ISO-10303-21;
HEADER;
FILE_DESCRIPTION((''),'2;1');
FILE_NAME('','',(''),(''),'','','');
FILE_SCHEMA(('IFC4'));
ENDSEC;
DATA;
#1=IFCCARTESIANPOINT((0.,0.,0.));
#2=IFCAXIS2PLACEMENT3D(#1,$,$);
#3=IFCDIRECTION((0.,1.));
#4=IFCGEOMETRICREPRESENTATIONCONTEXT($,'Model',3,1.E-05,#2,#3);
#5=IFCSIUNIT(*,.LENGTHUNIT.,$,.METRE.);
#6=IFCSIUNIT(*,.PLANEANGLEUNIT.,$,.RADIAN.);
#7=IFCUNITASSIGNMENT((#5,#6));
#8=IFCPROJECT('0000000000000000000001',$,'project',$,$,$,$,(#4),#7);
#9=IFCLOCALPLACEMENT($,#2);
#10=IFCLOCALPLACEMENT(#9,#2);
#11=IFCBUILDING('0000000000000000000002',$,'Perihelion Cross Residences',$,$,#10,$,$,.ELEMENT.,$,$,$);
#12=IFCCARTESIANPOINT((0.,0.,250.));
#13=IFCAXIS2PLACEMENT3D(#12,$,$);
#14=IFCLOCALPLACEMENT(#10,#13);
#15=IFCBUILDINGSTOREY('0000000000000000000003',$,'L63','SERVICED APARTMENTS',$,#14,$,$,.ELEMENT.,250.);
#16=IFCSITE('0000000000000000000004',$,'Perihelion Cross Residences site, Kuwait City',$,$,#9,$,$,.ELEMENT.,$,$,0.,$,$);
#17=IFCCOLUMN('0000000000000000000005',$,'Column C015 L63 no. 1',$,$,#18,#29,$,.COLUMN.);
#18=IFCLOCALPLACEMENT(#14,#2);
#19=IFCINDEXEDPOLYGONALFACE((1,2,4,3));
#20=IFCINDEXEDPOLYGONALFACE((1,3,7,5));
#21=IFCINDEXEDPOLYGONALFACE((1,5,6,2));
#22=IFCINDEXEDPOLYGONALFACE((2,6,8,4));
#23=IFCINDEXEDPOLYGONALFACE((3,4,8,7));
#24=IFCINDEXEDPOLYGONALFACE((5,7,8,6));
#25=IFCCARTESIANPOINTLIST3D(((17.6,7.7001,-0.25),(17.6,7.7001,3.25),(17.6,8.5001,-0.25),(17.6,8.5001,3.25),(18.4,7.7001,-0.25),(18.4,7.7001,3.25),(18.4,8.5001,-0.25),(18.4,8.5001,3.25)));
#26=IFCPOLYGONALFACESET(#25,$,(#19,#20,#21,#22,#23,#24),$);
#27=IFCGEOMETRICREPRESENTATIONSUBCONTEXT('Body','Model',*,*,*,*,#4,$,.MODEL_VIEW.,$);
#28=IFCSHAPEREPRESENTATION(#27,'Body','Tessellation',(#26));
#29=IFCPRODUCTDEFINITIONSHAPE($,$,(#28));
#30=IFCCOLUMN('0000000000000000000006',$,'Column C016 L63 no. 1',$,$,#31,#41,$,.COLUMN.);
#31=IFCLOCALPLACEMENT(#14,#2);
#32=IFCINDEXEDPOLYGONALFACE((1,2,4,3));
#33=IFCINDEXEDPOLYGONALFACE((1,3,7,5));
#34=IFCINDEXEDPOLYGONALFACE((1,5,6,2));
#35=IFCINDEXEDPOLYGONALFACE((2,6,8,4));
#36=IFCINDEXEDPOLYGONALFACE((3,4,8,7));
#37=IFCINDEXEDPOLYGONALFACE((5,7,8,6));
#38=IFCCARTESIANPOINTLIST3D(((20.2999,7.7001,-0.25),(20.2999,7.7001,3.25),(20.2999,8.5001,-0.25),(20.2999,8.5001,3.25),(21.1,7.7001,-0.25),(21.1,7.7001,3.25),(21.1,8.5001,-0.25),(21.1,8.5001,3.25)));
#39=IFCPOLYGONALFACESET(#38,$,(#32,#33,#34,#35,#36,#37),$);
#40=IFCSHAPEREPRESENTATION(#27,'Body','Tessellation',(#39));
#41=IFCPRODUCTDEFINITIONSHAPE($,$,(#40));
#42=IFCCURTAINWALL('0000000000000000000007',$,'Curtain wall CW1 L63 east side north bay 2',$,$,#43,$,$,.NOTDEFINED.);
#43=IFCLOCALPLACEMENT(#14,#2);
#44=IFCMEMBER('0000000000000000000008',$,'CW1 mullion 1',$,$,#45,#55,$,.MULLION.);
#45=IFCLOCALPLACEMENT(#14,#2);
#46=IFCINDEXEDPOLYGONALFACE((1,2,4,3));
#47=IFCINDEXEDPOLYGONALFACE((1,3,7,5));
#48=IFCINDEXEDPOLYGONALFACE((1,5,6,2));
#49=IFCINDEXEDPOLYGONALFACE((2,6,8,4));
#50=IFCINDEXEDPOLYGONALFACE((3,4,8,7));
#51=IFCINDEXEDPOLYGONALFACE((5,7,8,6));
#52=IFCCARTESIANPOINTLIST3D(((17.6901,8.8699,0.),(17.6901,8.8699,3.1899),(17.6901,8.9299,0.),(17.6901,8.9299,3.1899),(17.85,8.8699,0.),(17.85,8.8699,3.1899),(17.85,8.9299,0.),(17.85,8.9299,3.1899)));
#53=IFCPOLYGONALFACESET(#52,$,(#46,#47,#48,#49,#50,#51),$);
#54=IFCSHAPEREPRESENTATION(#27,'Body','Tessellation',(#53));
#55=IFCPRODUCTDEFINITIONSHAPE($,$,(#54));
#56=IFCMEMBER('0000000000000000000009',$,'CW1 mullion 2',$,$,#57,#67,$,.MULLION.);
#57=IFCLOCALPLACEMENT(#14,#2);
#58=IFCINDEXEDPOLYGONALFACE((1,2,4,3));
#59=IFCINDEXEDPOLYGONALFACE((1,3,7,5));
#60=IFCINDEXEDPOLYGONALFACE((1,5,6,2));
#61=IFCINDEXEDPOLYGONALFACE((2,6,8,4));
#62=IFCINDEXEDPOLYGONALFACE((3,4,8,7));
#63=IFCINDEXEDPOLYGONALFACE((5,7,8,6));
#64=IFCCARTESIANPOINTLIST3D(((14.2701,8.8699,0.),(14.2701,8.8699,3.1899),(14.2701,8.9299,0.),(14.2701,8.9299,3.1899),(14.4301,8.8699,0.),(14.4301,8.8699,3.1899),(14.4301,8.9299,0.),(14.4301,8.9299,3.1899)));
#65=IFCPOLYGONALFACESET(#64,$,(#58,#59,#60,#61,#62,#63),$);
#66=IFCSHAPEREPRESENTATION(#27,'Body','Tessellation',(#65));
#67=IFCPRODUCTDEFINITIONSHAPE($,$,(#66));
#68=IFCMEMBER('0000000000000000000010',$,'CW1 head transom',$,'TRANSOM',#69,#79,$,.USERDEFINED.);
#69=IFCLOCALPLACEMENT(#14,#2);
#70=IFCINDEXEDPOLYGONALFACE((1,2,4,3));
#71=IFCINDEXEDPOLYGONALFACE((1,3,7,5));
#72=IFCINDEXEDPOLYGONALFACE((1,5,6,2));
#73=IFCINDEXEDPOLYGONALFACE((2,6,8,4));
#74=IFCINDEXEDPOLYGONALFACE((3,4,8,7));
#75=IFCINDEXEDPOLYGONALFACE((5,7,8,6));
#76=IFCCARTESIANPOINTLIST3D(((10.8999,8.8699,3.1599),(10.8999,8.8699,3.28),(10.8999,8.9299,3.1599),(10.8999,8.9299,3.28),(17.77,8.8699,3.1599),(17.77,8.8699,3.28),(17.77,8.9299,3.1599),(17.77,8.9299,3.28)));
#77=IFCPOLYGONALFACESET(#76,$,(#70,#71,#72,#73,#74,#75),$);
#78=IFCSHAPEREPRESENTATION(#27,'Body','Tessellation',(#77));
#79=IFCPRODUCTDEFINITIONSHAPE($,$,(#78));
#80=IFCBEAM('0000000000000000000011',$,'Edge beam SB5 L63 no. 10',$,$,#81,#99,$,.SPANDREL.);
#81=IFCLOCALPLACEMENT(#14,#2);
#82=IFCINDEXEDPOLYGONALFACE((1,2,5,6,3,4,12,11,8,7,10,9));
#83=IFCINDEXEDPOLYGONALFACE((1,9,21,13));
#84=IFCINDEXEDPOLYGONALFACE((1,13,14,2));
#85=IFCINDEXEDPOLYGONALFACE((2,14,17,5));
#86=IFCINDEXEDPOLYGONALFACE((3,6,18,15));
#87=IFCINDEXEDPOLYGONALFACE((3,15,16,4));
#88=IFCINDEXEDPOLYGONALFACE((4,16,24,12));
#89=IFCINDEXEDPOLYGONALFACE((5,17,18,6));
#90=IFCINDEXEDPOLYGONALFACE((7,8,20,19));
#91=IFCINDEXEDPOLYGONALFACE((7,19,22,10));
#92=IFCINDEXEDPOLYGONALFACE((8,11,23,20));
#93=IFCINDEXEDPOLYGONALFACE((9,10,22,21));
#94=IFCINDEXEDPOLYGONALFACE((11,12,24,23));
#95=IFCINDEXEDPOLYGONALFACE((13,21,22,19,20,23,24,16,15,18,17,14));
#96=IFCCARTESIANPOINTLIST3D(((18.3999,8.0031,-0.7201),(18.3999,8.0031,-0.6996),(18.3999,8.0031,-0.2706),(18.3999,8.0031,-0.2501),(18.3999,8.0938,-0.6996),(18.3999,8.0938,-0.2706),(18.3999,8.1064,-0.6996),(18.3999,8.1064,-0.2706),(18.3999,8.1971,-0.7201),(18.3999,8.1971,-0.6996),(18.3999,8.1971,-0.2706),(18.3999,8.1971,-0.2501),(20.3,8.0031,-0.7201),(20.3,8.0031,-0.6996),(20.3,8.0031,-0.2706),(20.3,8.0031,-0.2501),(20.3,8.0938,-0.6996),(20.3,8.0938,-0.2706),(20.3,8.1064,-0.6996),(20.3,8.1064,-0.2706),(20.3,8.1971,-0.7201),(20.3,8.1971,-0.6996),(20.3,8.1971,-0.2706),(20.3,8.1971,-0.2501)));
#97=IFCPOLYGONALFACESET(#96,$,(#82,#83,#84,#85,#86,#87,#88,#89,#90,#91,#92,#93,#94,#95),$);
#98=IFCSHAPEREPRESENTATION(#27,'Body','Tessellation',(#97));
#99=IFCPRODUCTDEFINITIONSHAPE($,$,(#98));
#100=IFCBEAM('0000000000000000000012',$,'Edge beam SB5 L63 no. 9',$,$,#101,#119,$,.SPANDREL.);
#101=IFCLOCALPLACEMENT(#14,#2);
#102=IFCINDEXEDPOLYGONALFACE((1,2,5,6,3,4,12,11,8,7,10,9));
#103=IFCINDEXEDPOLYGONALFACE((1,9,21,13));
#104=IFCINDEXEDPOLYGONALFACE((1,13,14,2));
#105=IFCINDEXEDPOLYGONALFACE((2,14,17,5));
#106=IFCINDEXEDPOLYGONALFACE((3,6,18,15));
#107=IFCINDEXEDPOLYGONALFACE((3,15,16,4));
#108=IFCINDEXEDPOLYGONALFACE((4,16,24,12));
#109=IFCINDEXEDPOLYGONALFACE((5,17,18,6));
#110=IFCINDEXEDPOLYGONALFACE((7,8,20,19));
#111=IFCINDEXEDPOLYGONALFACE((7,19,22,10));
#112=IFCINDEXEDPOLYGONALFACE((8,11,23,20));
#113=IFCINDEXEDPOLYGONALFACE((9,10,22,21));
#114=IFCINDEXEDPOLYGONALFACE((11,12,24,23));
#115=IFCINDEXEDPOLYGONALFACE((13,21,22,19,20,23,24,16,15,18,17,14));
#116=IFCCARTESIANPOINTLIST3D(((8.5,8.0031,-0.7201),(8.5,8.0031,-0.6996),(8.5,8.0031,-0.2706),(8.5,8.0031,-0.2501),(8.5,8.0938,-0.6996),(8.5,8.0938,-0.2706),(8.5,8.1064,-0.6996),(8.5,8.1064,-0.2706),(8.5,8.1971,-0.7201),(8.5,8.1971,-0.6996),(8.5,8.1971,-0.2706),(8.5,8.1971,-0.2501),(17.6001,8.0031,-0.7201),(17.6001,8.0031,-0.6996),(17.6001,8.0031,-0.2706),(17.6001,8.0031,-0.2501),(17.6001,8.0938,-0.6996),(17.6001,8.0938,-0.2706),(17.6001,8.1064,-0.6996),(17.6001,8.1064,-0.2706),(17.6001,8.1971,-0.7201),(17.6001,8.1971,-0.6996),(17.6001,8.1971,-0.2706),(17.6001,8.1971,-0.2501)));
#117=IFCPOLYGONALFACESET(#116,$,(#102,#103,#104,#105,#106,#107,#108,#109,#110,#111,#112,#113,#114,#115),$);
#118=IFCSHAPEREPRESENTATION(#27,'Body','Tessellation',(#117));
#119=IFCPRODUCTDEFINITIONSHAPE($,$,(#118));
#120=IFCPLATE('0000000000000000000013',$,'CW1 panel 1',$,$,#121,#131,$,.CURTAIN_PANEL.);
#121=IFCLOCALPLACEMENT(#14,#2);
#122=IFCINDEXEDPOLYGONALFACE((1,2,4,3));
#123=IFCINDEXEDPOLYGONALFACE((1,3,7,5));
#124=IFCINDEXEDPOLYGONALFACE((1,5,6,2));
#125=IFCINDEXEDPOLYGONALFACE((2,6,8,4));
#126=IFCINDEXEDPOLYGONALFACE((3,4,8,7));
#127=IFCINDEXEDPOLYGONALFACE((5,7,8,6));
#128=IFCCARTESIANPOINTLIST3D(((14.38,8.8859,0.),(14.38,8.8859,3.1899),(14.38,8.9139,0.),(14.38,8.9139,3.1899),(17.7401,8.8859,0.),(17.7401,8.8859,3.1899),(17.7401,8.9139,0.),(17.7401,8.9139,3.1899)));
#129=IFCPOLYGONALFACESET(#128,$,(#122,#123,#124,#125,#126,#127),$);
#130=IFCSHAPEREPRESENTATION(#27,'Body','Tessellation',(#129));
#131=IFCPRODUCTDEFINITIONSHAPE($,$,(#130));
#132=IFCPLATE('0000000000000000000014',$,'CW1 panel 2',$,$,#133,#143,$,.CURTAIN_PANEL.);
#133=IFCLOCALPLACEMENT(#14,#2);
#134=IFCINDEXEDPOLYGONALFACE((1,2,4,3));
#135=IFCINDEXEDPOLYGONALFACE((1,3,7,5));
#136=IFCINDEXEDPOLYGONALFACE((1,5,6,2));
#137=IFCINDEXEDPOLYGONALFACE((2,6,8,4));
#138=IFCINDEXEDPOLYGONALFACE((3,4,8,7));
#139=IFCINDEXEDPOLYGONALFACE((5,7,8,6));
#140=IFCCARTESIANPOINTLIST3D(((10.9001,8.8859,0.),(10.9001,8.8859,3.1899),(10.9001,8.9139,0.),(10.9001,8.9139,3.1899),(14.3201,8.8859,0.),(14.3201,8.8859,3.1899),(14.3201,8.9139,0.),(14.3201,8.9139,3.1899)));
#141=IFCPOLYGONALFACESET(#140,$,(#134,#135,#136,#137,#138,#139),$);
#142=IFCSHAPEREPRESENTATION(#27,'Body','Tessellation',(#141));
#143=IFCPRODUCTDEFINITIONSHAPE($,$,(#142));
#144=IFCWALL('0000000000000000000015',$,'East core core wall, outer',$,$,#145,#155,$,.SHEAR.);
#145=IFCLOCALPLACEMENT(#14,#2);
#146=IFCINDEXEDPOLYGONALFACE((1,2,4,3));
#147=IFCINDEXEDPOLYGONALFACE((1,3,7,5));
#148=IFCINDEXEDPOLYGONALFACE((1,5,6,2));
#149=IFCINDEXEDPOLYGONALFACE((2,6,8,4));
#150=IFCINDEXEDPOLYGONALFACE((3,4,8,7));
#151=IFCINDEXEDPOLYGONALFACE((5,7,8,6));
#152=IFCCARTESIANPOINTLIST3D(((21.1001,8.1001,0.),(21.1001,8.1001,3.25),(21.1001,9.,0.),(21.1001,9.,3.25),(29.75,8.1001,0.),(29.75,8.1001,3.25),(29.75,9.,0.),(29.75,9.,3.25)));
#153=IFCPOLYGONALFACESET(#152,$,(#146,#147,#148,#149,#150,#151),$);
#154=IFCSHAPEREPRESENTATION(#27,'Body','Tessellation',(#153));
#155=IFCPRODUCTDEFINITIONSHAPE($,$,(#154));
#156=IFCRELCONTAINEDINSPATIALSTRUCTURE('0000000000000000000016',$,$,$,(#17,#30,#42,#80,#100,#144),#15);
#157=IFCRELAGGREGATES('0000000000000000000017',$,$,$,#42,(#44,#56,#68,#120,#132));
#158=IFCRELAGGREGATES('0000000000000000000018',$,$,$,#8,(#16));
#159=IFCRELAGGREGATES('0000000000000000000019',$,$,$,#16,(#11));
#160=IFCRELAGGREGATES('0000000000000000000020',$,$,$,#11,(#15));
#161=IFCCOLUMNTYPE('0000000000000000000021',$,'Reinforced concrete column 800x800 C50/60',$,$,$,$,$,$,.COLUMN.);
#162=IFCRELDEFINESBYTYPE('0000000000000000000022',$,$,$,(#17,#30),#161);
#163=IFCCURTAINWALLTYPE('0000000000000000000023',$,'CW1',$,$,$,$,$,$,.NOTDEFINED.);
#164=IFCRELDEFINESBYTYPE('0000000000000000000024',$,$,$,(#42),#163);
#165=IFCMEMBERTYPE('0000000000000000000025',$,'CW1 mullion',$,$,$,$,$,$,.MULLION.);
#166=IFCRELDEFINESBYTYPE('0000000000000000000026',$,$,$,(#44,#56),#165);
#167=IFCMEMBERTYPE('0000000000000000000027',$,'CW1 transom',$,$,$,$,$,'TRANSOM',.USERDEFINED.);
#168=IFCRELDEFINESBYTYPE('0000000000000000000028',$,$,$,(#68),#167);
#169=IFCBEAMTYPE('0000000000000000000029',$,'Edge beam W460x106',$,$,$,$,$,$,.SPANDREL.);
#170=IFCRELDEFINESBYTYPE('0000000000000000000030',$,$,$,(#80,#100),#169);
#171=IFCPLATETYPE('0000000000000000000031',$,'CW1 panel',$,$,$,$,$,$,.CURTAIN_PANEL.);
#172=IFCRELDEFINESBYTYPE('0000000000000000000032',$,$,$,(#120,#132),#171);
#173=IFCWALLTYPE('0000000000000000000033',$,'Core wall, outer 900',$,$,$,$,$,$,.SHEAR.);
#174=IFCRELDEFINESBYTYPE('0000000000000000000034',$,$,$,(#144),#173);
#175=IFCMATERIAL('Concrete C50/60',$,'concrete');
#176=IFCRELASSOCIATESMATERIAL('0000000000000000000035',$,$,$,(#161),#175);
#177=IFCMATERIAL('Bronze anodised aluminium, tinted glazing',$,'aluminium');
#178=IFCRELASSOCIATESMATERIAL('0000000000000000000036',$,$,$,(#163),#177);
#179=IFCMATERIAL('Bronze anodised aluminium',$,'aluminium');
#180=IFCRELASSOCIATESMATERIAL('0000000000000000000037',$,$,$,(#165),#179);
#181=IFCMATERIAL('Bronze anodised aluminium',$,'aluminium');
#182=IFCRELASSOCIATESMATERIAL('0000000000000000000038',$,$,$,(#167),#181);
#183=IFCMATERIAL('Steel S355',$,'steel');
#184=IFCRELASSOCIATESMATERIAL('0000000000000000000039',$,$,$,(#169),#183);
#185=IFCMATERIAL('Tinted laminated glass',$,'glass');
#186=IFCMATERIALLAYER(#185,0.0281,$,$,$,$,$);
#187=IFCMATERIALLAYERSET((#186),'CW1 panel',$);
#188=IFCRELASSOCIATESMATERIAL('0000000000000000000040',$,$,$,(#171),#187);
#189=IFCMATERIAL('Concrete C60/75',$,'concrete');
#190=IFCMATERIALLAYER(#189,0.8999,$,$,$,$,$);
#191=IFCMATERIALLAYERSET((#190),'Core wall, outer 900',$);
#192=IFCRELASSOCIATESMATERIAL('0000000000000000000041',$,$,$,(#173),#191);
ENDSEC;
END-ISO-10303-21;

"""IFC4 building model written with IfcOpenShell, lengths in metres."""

from ifc_helpers import new_model, si_unit, direction, frame, frame_2d, origin, origin_2d, place, context, subcontext, project, spatial, rectangle, i_section, extrude, material, layer, layer_set, material_profile, profile_set, type_object, element, aggregate, save


model = new_model("IFC4")

# Units and contexts
model_context = context("Model", 3, precision=1e-05, world=origin(), true_north=direction((0.0, 1.0)))
body_context = subcontext(model_context, "Body", "Model", "MODEL_VIEW")
ifc_project = project(units=[si_unit("LENGTHUNIT", "METRE"), si_unit("PLANEANGLEUNIT", "RADIAN")], contexts=[model_context])

# Site, building, storey
site_placement = place(None, origin())
site = spatial("IfcSite", under=ifc_project, at=site_placement, Name="Perihelion Cross Residences site, Kuwait City", CompositionType="ELEMENT", RefElevation=0.0)
building_placement = place(site_placement, origin())
building = spatial("IfcBuilding", under=site, at=building_placement, Name="Perihelion Cross Residences", CompositionType="ELEMENT")
storey_placement = place(building_placement, frame((0.0, 0.0, 250.0)))
storey = spatial("IfcBuildingStorey", under=building, at=storey_placement, Name="L63", Description="SERVICED APARTMENTS", CompositionType="ELEMENT", Elevation=250.0)

# Columns
ifc_material_1 = material(Name="Concrete C50/60", Category="concrete")
ifc_material_profile_1 = material_profile(ifc_material_1, rectangle(XDim=0.8, YDim=0.8, at=origin_2d()), Name="RC 800x800")
ifc_profile_set_1 = profile_set([ifc_material_profile_1], Name="Concrete C50/60")
column_type = type_object("IfcColumnType", Name="Reinforced concrete column 800x800 C50/60", PredefinedType="COLUMN", material=ifc_profile_set_1)
for number, where, z_axis, x_axis, name in (
    (1, (18.0, 8.1001, -0.25), (0.0, 0.0, 1.0), (1.0, 0.0, 0.0), "Column C015 L63 no. 1"),
    (2, (20.7, 8.1001, -0.25), (0.0, 0.0, 1.0), (1.0, 0.0, 0.0), "Column C016 L63 no. 1"),
):
    element("IfcColumn", number, at=place(storey_placement, frame(where, z_axis=z_axis, x_axis=x_axis)), inside=storey, type_object=column_type, Name=name, PredefinedType="COLUMN", context=body_context, shape_type="SweptSolid", body=[
        extrude(rectangle(XDim=0.8, YDim=0.8, at=origin_2d()), origin(), (0.0, 0.0, 1.0), 3.5),
    ])

# Curtain wall, members
ifc_material_2 = material(Name="Bronze anodised aluminium, tinted glazing", Category="aluminium")
curtain_wall_type = type_object("IfcCurtainWallType", Name="CW1", PredefinedType="NOTDEFINED", material=ifc_material_2)
curtain_wall_placement = place(storey_placement, origin())
curtain_wall = element("IfcCurtainWall", 3, at=curtain_wall_placement, inside=storey, type_object=curtain_wall_type, Name="Curtain wall CW1 L63 east side north bay 2", PredefinedType="NOTDEFINED")
ifc_material_3 = material(Name="Bronze anodised aluminium", Category="aluminium")
ifc_material_profile_2 = material_profile(ifc_material_3, rectangle(XDim=0.0601, YDim=0.1599, at=origin_2d()), Name="CW1 mullion")
ifc_profile_set_2 = profile_set([ifc_material_profile_2], Name="Bronze anodised aluminium")
member_type_1 = type_object("IfcMemberType", Name="CW1 mullion", PredefinedType="MULLION", material=ifc_profile_set_2)
member_1_placement = place(storey_placement, frame((17.77, 8.8999, 0.0), z_axis=(0.0, 0.0, 1.0), x_axis=(0.0, -1.0, 0.0)))
member_1 = element("IfcMember", 4, at=member_1_placement, type_object=member_type_1, Name="CW1 mullion 1", PredefinedType="MULLION", context=body_context, shape_type="SweptSolid", body=[
    extrude(rectangle(XDim=0.0601, YDim=0.1599, at=origin_2d()), origin(), (0.0, 0.0, 1.0), 3.1899),
])
member_2_placement = place(storey_placement, frame((14.3501, 8.8999, 0.0), z_axis=(0.0, 0.0, 1.0), x_axis=(0.0, -1.0, 0.0)))
member_2 = element("IfcMember", 5, at=member_2_placement, type_object=member_type_1, Name="CW1 mullion 2", PredefinedType="MULLION", context=body_context, shape_type="SweptSolid", body=[
    extrude(rectangle(XDim=0.0601, YDim=0.1599, at=origin_2d()), origin(), (0.0, 0.0, 1.0), 3.1899),
])
ifc_material_4 = material(Name="Bronze anodised aluminium", Category="aluminium")
ifc_material_profile_3 = material_profile(ifc_material_4, rectangle(XDim=0.0601, YDim=0.1201, at=origin_2d()), Name="CW1 transom")
ifc_profile_set_3 = profile_set([ifc_material_profile_3], Name="Bronze anodised aluminium")
member_type_2 = type_object("IfcMemberType", Name="CW1 transom", ElementType="TRANSOM", PredefinedType="USERDEFINED", material=ifc_profile_set_3)
member_3_placement = place(storey_placement, frame((17.77, 8.8999, 3.22), z_axis=(-1.0, 0.0, 0.0), x_axis=(0.0, -1.0, 0.0)))
member_3 = element("IfcMember", 6, at=member_3_placement, type_object=member_type_2, Name="CW1 head transom", ObjectType="TRANSOM", PredefinedType="USERDEFINED", context=body_context, shape_type="SweptSolid", body=[
    extrude(rectangle(XDim=0.0601, YDim=0.1201, at=origin_2d()), origin(), (0.0, 0.0, 1.0), 6.8701),
])

# Beams
ifc_material_5 = material(Name="Steel S355", Category="steel")
ifc_material_profile_4 = material_profile(ifc_material_5, i_section(OverallWidth=0.1941, OverallDepth=0.47, WebThickness=0.0127, FlangeThickness=0.0205, at=origin_2d()), Name="W460x106")
ifc_profile_set_4 = profile_set([ifc_material_profile_4], Name="Steel S355")
beam_type = type_object("IfcBeamType", Name="Edge beam W460x106", PredefinedType="SPANDREL", material=ifc_profile_set_4)
beam_1_placement = place(storey_placement, frame((20.3, 8.1001, -0.4851), z_axis=(-1.0, 0.0, 0.0), x_axis=(0.0, -1.0, 0.0)))
element("IfcBeam", 7, at=beam_1_placement, inside=storey, type_object=beam_type, Name="Edge beam SB5 L63 no. 10", PredefinedType="SPANDREL", context=body_context, shape_type="SweptSolid", body=[
    extrude(i_section(OverallWidth=0.1941, OverallDepth=0.47, WebThickness=0.0127, FlangeThickness=0.0205, at=origin_2d()), origin(), (0.0, 0.0, 1.0), 1.9001),
])
beam_2_placement = place(storey_placement, frame((17.6001, 8.1001, -0.4851), z_axis=(-1.0, 0.0, 0.0), x_axis=(0.0, -1.0, 0.0)))
element("IfcBeam", 8, at=beam_2_placement, inside=storey, type_object=beam_type, Name="Edge beam SB5 L63 no. 9", PredefinedType="SPANDREL", context=body_context, shape_type="SweptSolid", body=[
    extrude(i_section(OverallWidth=0.1941, OverallDepth=0.47, WebThickness=0.0127, FlangeThickness=0.0205, at=origin_2d()), origin(), (0.0, 0.0, 1.0), 9.1001),
])

# Plates
ifc_material_6 = material(Name="Tinted laminated glass", Category="glass")
ifc_layer_1 = layer(ifc_material_6, 0.0281)
ifc_layer_set_1 = layer_set([ifc_layer_1], Name="CW1 panel")
plate_type = type_object("IfcPlateType", Name="CW1 panel", PredefinedType="CURTAIN_PANEL", material=ifc_layer_set_1)
plate_1_placement = place(storey_placement, frame((16.0601, 8.8999, 0.0), z_axis=(0.0, 0.0, 1.0), x_axis=(-1.0, 0.0, 0.0)))
plate_1 = element("IfcPlate", 9, at=plate_1_placement, type_object=plate_type, Name="CW1 panel 1", PredefinedType="CURTAIN_PANEL", context=body_context, shape_type="SweptSolid", body=[
    extrude(rectangle(XDim=3.3601, YDim=0.0281, at=origin_2d()), origin(), (0.0, 0.0, 1.0), 3.1899),
])
plate_2_placement = place(storey_placement, frame((12.6101, 8.8999, 0.0), z_axis=(0.0, 0.0, 1.0), x_axis=(-1.0, 0.0, 0.0)))
plate_2 = element("IfcPlate", 10, at=plate_2_placement, type_object=plate_type, Name="CW1 panel 2", PredefinedType="CURTAIN_PANEL", context=body_context, shape_type="SweptSolid", body=[
    extrude(rectangle(XDim=3.4199, YDim=0.0281, at=origin_2d()), origin(), (0.0, 0.0, 1.0), 3.1899),
])
aggregate(curtain_wall, [member_1, member_2, member_3, plate_1, plate_2])

# Wall
ifc_material_7 = material(Name="Concrete C60/75", Category="concrete")
ifc_layer_2 = layer(ifc_material_7, 0.8999)
ifc_layer_set_2 = layer_set([ifc_layer_2], Name="Core wall, outer 900")
wall_type_1 = type_object("IfcWallType", Name="Core wall, outer 900", PredefinedType="SHEAR", material=ifc_layer_set_2)
wall_1_placement = place(storey_placement, frame((21.1001, 8.55, 0.0), z_axis=(0.0, 0.0, 1.0), x_axis=(1.0, 0.0, 0.0)))
element("IfcWall", 11, at=wall_1_placement, inside=storey, type_object=wall_type_1, Name="East core core wall, outer", PredefinedType="SHEAR", context=body_context, shape_type="SweptSolid", body=[
    extrude(rectangle(XDim=8.6499, YDim=0.8999, at=frame_2d((4.325, 0.0))), origin(), (0.0, 0.0, 1.0), 3.25),
])

save(model, "model.ifc")
